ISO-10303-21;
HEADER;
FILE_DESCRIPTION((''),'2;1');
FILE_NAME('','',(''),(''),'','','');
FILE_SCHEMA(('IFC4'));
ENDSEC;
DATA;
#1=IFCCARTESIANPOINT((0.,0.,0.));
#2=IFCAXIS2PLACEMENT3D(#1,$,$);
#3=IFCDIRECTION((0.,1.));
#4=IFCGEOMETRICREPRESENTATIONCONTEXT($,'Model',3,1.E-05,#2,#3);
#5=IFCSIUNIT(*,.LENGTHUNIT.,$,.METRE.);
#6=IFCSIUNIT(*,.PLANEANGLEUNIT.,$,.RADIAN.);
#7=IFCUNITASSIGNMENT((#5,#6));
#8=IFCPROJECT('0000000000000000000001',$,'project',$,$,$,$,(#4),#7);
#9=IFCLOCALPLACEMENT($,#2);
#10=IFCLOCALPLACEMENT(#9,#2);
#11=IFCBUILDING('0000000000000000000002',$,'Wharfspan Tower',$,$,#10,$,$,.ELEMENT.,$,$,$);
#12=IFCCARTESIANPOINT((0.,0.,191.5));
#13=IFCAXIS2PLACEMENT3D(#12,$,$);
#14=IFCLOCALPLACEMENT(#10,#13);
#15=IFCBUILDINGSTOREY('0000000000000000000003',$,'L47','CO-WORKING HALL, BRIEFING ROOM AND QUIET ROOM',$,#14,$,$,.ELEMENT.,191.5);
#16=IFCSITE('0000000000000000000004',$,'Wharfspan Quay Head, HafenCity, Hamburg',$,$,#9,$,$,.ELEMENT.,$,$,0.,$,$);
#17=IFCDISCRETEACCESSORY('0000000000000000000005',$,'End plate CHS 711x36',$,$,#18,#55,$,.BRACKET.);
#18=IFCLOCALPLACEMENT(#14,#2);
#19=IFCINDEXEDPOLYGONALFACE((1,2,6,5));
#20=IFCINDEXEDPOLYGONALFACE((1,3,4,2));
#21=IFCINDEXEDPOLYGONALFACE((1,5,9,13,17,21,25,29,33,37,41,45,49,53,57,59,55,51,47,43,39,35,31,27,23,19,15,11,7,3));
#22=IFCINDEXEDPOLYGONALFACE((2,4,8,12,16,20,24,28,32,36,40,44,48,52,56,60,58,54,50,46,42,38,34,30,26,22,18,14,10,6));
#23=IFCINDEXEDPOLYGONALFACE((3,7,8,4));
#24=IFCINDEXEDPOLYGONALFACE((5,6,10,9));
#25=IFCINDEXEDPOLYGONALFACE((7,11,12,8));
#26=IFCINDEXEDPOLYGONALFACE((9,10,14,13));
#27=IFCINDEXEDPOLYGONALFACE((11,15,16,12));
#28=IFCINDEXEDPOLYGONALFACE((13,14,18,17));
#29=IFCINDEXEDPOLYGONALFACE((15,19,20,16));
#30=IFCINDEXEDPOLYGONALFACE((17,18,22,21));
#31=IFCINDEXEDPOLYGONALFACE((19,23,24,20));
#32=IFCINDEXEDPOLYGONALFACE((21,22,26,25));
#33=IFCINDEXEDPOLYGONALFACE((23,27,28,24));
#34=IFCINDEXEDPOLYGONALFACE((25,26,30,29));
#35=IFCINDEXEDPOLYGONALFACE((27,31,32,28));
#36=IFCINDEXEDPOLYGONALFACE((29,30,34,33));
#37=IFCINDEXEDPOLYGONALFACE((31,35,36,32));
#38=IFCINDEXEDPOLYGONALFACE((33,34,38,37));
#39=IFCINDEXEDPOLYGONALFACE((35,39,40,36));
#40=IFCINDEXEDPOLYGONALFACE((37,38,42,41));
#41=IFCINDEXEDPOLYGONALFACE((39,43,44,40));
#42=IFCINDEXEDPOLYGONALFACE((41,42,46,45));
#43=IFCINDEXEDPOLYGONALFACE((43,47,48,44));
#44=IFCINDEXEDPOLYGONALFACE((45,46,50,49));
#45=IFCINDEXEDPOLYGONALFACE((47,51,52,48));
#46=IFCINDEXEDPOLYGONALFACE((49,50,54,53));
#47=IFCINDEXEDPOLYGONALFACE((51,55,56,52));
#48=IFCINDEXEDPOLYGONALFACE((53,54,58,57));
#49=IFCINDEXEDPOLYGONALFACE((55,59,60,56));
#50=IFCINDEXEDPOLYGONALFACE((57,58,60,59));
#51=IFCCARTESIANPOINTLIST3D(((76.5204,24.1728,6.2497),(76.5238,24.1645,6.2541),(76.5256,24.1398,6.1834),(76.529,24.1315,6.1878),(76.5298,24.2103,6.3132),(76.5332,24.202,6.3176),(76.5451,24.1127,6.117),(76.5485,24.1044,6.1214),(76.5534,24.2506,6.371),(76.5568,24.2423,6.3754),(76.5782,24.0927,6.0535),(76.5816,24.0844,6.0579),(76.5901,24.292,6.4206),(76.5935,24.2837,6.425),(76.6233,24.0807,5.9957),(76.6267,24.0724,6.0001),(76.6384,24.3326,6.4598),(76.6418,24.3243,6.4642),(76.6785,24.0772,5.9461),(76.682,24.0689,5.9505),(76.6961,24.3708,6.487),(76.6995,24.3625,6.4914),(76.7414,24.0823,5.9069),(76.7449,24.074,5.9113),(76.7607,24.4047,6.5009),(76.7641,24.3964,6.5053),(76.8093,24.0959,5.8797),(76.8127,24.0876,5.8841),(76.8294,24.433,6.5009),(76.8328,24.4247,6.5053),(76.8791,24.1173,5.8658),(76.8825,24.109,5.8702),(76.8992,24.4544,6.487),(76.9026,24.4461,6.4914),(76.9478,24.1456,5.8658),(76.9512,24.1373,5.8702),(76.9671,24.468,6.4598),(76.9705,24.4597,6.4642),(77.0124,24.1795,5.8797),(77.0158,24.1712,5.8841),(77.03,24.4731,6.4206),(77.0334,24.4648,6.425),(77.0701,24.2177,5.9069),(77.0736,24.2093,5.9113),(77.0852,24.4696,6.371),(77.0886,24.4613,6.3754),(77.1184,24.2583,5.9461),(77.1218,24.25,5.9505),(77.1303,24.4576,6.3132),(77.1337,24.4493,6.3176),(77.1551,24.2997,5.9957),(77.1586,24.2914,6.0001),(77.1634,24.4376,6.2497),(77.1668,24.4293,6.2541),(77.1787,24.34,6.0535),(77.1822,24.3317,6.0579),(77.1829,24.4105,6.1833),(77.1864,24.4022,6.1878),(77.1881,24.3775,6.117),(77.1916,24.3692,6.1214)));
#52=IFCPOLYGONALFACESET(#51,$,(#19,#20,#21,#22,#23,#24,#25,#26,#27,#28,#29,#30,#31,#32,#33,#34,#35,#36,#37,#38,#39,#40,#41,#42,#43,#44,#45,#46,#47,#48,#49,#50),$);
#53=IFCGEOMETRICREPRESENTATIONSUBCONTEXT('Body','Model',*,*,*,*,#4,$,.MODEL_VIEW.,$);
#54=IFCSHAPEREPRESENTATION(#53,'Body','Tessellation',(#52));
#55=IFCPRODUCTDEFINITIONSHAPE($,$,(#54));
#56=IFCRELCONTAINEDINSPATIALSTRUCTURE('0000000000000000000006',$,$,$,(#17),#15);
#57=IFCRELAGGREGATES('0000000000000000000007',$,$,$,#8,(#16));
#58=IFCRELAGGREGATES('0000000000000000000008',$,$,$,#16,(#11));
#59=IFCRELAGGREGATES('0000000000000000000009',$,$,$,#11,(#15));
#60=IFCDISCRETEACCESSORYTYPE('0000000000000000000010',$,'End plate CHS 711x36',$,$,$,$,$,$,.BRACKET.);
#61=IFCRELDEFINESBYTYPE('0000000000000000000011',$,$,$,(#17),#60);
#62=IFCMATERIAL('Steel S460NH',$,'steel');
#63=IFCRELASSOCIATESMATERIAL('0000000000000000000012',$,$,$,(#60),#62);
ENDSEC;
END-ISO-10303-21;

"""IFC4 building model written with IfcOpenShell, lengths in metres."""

from ifc_helpers import new_model, si_unit, direction, frame, origin, origin_2d, place, context, subcontext, project, spatial, circle, extrude, material, material_profile, profile_set, type_object, element, save


model = new_model("IFC4")

# Units and contexts
model_context = context("Model", 3, precision=1e-05, world=origin(), true_north=direction((0.0, 1.0)))
body_context = subcontext(model_context, "Body", "Model", "MODEL_VIEW")
ifc_project = project(units=[si_unit("LENGTHUNIT", "METRE"), si_unit("PLANEANGLEUNIT", "RADIAN")], contexts=[model_context])

# Site, building, storey
site_placement = place(None, origin())
site = spatial("IfcSite", under=ifc_project, at=site_placement, Name="Wharfspan Quay Head, HafenCity, Hamburg", CompositionType="ELEMENT", RefElevation=0.0)
building_placement = place(site_placement, origin())
building = spatial("IfcBuilding", under=site, at=building_placement, Name="Wharfspan Tower", CompositionType="ELEMENT")
storey_placement = place(building_placement, frame((0.0, 0.0, 191.5)))
storey = spatial("IfcBuildingStorey", under=building, at=storey_placement, Name="L47", Description="CO-WORKING HALL, BRIEFING ROOM AND QUIET ROOM", CompositionType="ELEMENT", Elevation=191.5)

# Shared definitions
ifc_material_1 = material(Name="Steel S460NH", Category="steel")

# Discrete accessory
ifc_material_profile_1 = material_profile(ifc_material_1, circle(Radius=0.3555, at=origin_2d()))
ifc_profile_set_1 = profile_set([ifc_material_profile_1], Name="Steel S460NH")
discrete_accessory_type = type_object("IfcDiscreteAccessoryType", Name="End plate CHS 711x36", PredefinedType="BRACKET", material=ifc_profile_set_1)
for number, where, z_axis, x_axis, name in (
    (1, (76.8542, 24.2751, 6.1833), (0.341972, -0.830504, 0.439679), (0.924678, 0.380749, -0.000001), "End plate CHS 711x36"),
):
    element("IfcDiscreteAccessory", number, at=place(storey_placement, frame(where, z_axis=z_axis, x_axis=x_axis)), inside=storey, type_object=discrete_accessory_type, Name=name, PredefinedType="BRACKET", context=body_context, shape_type="SweptSolid", body=[
        extrude(circle(Radius=0.3555, at=origin_2d()), origin(), (0.0, 0.0, 1.0), 0.01),
    ])

save(model, "model.ifc")
